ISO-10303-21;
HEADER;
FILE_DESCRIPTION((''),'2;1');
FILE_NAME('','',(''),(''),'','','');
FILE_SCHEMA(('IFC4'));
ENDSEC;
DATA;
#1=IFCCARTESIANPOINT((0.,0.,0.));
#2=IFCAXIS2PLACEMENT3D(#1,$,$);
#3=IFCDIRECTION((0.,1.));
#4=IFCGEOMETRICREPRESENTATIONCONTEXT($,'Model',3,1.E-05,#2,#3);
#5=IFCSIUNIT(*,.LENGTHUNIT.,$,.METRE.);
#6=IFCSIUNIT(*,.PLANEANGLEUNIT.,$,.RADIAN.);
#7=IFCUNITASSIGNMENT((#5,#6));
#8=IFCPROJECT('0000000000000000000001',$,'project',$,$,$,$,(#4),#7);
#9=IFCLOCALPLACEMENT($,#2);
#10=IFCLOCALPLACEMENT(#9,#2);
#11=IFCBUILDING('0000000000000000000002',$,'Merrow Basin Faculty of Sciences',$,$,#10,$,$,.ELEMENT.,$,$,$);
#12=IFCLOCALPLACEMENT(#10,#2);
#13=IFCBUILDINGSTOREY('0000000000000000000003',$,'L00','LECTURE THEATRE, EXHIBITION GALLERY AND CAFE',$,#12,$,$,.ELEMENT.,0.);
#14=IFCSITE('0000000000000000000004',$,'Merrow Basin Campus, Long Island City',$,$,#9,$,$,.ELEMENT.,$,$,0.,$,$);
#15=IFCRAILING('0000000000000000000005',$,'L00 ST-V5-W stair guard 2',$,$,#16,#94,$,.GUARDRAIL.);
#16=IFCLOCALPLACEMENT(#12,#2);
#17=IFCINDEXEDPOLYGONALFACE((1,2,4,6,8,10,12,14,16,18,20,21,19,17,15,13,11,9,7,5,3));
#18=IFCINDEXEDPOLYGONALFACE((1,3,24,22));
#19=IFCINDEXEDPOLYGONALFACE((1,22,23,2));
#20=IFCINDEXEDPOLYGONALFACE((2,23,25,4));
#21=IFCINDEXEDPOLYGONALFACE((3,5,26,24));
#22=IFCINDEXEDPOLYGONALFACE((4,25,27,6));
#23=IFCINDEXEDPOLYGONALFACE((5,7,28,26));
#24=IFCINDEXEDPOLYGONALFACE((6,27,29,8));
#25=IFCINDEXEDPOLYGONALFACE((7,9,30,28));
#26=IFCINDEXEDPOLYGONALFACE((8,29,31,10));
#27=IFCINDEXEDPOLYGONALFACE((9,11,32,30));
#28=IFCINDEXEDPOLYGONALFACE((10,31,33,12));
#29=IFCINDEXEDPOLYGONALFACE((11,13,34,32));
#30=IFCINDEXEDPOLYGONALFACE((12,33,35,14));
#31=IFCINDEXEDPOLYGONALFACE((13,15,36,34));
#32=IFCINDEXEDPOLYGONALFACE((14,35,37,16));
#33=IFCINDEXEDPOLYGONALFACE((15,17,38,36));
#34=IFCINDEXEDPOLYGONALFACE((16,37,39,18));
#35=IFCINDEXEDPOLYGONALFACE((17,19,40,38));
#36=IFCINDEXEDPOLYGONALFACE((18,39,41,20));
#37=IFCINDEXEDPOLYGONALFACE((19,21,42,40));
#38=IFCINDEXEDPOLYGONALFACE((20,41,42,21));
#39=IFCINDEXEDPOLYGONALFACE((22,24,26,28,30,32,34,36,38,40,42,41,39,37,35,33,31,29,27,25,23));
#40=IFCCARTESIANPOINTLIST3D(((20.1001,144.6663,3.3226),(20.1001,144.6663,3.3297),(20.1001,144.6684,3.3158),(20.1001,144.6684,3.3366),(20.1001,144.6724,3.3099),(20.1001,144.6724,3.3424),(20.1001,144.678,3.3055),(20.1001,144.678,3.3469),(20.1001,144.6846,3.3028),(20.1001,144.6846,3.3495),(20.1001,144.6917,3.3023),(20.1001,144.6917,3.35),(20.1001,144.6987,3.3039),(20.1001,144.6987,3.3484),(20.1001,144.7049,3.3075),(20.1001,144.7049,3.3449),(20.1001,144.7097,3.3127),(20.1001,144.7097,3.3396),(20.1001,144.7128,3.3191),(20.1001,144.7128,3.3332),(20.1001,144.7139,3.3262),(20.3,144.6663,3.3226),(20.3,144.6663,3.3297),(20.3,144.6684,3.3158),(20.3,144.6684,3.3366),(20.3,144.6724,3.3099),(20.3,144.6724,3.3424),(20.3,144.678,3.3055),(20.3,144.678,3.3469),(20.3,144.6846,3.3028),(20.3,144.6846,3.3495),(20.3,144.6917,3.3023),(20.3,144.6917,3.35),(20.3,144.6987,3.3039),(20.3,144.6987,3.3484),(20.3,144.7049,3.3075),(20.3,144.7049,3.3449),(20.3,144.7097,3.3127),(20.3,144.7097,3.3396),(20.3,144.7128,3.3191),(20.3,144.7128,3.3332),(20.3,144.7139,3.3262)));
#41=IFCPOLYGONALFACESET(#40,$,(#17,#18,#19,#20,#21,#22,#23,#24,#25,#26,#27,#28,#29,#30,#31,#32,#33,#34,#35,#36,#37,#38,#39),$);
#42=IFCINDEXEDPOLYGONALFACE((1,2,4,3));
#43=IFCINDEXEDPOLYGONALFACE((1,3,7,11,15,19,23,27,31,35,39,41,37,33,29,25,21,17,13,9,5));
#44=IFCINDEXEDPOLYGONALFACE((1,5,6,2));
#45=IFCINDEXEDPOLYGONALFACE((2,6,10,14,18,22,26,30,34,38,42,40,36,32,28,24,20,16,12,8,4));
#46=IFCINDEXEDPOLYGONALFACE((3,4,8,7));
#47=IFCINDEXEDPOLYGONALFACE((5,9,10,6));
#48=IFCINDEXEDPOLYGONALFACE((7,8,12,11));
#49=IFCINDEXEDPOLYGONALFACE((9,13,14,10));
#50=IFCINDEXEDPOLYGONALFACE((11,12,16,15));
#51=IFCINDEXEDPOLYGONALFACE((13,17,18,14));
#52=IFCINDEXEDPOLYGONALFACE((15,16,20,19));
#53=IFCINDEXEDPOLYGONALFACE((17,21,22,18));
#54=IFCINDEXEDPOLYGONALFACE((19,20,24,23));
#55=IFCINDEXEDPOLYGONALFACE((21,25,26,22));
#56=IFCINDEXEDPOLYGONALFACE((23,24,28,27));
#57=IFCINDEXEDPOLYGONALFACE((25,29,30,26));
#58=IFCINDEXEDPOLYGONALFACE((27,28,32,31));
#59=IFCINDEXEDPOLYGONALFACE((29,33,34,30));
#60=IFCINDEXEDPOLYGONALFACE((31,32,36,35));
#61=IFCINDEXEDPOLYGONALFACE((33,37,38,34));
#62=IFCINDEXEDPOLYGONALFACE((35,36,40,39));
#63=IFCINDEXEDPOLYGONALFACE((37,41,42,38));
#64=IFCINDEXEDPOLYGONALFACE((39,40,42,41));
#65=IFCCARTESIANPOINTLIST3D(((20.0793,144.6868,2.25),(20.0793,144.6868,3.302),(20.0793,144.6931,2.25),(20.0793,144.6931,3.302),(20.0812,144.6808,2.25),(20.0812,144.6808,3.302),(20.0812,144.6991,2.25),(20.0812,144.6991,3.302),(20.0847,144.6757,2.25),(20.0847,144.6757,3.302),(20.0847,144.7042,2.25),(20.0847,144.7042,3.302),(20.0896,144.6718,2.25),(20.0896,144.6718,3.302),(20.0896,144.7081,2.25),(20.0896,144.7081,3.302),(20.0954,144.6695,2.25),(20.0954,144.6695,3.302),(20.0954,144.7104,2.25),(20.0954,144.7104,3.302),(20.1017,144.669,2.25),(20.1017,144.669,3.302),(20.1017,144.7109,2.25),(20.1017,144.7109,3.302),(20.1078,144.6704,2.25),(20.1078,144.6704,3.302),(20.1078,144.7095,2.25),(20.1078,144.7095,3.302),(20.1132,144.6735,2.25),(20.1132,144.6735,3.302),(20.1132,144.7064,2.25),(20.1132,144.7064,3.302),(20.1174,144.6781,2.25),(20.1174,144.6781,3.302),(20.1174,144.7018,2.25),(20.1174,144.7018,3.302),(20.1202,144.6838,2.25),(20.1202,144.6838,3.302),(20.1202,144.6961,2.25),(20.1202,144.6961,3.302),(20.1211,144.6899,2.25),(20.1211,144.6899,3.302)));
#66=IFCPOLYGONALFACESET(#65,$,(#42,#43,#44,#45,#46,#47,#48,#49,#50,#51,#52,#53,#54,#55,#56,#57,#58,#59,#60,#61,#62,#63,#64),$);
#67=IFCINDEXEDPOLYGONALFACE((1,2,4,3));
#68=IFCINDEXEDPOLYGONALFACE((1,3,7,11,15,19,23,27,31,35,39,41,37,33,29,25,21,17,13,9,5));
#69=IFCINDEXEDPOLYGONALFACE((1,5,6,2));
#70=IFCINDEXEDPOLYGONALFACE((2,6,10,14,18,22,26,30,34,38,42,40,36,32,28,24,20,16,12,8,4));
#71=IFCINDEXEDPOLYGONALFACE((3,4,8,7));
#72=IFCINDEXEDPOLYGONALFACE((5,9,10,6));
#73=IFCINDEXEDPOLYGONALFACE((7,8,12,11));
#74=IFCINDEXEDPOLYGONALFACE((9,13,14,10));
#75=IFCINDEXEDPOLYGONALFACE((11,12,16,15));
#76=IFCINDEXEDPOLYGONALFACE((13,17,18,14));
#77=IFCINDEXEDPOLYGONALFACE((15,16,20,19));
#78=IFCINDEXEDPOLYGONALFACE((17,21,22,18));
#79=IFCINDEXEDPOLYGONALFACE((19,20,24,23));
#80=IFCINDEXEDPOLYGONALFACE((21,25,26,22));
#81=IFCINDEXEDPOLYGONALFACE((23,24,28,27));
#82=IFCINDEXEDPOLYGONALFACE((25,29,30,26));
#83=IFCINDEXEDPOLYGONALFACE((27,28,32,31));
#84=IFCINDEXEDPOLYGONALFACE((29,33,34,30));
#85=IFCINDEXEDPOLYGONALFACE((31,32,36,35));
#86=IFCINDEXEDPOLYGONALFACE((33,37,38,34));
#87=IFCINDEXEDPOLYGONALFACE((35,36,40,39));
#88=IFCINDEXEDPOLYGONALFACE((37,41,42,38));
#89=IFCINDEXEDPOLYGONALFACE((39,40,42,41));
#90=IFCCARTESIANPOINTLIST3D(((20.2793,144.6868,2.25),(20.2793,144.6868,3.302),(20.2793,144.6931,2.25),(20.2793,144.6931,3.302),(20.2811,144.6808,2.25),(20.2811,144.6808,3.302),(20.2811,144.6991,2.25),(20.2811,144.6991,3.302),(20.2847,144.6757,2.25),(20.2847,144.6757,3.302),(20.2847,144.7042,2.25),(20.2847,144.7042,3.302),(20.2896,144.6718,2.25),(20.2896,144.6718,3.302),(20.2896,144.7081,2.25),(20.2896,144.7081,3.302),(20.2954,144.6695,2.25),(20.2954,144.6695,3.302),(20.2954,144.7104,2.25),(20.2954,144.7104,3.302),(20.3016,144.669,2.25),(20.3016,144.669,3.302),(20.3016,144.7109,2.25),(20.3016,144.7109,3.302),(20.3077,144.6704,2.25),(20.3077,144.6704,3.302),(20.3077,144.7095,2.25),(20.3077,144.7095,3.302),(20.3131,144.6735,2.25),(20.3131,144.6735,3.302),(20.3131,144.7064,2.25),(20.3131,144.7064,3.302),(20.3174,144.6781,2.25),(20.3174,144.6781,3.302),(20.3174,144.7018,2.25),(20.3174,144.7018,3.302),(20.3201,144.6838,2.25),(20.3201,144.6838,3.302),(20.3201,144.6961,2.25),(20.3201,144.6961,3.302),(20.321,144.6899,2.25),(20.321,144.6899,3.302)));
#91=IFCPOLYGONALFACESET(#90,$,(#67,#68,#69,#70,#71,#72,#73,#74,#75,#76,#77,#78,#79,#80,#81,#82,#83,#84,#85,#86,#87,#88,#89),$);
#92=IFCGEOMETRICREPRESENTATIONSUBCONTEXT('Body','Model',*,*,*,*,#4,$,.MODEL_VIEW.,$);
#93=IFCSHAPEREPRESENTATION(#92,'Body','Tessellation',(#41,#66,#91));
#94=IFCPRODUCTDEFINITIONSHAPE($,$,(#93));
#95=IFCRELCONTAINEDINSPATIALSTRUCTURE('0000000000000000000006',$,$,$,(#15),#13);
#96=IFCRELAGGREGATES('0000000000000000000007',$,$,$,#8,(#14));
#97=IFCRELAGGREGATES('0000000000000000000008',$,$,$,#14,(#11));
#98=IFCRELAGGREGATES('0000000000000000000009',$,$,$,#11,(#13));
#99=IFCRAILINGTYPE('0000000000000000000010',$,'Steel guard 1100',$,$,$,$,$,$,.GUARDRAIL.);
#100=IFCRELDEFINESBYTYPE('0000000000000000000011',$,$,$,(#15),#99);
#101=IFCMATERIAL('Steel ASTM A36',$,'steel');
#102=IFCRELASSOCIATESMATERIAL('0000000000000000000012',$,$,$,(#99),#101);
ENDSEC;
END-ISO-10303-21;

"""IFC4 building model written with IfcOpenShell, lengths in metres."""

from ifc_helpers import new_model, si_unit, direction, frame, origin, origin_2d, place, context, subcontext, project, spatial, circle, extrude, material, type_object, element, save


model = new_model("IFC4")

# Units and contexts
model_context = context("Model", 3, precision=1e-05, world=origin(), true_north=direction((0.0, 1.0)))
body_context = subcontext(model_context, "Body", "Model", "MODEL_VIEW")
ifc_project = project(units=[si_unit("LENGTHUNIT", "METRE"), si_unit("PLANEANGLEUNIT", "RADIAN")], contexts=[model_context])

# Site, building, storey
site_placement = place(None, origin())
site = spatial("IfcSite", under=ifc_project, at=site_placement, Name="Merrow Basin Campus, Long Island City", CompositionType="ELEMENT", RefElevation=0.0)
building_placement = place(site_placement, origin())
building = spatial("IfcBuilding", under=site, at=building_placement, Name="Merrow Basin Faculty of Sciences", CompositionType="ELEMENT")
storey_placement = place(building_placement, origin())
storey = spatial("IfcBuildingStorey", under=building, at=storey_placement, Name="L00", Description="LECTURE THEATRE, EXHIBITION GALLERY AND CAFE", CompositionType="ELEMENT", Elevation=0.0)

# Railing
ifc_material_1 = material(Name="Steel ASTM A36", Category="steel")
railing_type_1 = type_object("IfcRailingType", Name="Steel guard 1100", PredefinedType="GUARDRAIL", material=ifc_material_1)
railing_1_placement = place(storey_placement, frame((20.1001, 144.6899, 2.25)))
element("IfcRailing", 1, at=railing_1_placement, inside=storey, type_object=railing_type_1, Name="L00 ST-V5-W stair guard 2", PredefinedType="GUARDRAIL", context=body_context, shape_type="SweptSolid", body=[
    extrude(circle(Radius=0.0239, at=origin_2d()), frame((0.0, 0.0, 1.0762), z_axis=(1.0, 0.0, 0.0), x_axis=(0.0, 1.0, 0.0)), (0.0, 0.0, 1.0), 0.2),
    extrude(circle(Radius=0.021, at=origin_2d()), origin(), (0.0, 0.0, 1.0), 1.052),
    extrude(circle(Radius=0.021, at=origin_2d()), frame((0.2, 0.0, 0.0)), (0.0, 0.0, 1.0), 1.052),
])

save(model, "model.ifc")
